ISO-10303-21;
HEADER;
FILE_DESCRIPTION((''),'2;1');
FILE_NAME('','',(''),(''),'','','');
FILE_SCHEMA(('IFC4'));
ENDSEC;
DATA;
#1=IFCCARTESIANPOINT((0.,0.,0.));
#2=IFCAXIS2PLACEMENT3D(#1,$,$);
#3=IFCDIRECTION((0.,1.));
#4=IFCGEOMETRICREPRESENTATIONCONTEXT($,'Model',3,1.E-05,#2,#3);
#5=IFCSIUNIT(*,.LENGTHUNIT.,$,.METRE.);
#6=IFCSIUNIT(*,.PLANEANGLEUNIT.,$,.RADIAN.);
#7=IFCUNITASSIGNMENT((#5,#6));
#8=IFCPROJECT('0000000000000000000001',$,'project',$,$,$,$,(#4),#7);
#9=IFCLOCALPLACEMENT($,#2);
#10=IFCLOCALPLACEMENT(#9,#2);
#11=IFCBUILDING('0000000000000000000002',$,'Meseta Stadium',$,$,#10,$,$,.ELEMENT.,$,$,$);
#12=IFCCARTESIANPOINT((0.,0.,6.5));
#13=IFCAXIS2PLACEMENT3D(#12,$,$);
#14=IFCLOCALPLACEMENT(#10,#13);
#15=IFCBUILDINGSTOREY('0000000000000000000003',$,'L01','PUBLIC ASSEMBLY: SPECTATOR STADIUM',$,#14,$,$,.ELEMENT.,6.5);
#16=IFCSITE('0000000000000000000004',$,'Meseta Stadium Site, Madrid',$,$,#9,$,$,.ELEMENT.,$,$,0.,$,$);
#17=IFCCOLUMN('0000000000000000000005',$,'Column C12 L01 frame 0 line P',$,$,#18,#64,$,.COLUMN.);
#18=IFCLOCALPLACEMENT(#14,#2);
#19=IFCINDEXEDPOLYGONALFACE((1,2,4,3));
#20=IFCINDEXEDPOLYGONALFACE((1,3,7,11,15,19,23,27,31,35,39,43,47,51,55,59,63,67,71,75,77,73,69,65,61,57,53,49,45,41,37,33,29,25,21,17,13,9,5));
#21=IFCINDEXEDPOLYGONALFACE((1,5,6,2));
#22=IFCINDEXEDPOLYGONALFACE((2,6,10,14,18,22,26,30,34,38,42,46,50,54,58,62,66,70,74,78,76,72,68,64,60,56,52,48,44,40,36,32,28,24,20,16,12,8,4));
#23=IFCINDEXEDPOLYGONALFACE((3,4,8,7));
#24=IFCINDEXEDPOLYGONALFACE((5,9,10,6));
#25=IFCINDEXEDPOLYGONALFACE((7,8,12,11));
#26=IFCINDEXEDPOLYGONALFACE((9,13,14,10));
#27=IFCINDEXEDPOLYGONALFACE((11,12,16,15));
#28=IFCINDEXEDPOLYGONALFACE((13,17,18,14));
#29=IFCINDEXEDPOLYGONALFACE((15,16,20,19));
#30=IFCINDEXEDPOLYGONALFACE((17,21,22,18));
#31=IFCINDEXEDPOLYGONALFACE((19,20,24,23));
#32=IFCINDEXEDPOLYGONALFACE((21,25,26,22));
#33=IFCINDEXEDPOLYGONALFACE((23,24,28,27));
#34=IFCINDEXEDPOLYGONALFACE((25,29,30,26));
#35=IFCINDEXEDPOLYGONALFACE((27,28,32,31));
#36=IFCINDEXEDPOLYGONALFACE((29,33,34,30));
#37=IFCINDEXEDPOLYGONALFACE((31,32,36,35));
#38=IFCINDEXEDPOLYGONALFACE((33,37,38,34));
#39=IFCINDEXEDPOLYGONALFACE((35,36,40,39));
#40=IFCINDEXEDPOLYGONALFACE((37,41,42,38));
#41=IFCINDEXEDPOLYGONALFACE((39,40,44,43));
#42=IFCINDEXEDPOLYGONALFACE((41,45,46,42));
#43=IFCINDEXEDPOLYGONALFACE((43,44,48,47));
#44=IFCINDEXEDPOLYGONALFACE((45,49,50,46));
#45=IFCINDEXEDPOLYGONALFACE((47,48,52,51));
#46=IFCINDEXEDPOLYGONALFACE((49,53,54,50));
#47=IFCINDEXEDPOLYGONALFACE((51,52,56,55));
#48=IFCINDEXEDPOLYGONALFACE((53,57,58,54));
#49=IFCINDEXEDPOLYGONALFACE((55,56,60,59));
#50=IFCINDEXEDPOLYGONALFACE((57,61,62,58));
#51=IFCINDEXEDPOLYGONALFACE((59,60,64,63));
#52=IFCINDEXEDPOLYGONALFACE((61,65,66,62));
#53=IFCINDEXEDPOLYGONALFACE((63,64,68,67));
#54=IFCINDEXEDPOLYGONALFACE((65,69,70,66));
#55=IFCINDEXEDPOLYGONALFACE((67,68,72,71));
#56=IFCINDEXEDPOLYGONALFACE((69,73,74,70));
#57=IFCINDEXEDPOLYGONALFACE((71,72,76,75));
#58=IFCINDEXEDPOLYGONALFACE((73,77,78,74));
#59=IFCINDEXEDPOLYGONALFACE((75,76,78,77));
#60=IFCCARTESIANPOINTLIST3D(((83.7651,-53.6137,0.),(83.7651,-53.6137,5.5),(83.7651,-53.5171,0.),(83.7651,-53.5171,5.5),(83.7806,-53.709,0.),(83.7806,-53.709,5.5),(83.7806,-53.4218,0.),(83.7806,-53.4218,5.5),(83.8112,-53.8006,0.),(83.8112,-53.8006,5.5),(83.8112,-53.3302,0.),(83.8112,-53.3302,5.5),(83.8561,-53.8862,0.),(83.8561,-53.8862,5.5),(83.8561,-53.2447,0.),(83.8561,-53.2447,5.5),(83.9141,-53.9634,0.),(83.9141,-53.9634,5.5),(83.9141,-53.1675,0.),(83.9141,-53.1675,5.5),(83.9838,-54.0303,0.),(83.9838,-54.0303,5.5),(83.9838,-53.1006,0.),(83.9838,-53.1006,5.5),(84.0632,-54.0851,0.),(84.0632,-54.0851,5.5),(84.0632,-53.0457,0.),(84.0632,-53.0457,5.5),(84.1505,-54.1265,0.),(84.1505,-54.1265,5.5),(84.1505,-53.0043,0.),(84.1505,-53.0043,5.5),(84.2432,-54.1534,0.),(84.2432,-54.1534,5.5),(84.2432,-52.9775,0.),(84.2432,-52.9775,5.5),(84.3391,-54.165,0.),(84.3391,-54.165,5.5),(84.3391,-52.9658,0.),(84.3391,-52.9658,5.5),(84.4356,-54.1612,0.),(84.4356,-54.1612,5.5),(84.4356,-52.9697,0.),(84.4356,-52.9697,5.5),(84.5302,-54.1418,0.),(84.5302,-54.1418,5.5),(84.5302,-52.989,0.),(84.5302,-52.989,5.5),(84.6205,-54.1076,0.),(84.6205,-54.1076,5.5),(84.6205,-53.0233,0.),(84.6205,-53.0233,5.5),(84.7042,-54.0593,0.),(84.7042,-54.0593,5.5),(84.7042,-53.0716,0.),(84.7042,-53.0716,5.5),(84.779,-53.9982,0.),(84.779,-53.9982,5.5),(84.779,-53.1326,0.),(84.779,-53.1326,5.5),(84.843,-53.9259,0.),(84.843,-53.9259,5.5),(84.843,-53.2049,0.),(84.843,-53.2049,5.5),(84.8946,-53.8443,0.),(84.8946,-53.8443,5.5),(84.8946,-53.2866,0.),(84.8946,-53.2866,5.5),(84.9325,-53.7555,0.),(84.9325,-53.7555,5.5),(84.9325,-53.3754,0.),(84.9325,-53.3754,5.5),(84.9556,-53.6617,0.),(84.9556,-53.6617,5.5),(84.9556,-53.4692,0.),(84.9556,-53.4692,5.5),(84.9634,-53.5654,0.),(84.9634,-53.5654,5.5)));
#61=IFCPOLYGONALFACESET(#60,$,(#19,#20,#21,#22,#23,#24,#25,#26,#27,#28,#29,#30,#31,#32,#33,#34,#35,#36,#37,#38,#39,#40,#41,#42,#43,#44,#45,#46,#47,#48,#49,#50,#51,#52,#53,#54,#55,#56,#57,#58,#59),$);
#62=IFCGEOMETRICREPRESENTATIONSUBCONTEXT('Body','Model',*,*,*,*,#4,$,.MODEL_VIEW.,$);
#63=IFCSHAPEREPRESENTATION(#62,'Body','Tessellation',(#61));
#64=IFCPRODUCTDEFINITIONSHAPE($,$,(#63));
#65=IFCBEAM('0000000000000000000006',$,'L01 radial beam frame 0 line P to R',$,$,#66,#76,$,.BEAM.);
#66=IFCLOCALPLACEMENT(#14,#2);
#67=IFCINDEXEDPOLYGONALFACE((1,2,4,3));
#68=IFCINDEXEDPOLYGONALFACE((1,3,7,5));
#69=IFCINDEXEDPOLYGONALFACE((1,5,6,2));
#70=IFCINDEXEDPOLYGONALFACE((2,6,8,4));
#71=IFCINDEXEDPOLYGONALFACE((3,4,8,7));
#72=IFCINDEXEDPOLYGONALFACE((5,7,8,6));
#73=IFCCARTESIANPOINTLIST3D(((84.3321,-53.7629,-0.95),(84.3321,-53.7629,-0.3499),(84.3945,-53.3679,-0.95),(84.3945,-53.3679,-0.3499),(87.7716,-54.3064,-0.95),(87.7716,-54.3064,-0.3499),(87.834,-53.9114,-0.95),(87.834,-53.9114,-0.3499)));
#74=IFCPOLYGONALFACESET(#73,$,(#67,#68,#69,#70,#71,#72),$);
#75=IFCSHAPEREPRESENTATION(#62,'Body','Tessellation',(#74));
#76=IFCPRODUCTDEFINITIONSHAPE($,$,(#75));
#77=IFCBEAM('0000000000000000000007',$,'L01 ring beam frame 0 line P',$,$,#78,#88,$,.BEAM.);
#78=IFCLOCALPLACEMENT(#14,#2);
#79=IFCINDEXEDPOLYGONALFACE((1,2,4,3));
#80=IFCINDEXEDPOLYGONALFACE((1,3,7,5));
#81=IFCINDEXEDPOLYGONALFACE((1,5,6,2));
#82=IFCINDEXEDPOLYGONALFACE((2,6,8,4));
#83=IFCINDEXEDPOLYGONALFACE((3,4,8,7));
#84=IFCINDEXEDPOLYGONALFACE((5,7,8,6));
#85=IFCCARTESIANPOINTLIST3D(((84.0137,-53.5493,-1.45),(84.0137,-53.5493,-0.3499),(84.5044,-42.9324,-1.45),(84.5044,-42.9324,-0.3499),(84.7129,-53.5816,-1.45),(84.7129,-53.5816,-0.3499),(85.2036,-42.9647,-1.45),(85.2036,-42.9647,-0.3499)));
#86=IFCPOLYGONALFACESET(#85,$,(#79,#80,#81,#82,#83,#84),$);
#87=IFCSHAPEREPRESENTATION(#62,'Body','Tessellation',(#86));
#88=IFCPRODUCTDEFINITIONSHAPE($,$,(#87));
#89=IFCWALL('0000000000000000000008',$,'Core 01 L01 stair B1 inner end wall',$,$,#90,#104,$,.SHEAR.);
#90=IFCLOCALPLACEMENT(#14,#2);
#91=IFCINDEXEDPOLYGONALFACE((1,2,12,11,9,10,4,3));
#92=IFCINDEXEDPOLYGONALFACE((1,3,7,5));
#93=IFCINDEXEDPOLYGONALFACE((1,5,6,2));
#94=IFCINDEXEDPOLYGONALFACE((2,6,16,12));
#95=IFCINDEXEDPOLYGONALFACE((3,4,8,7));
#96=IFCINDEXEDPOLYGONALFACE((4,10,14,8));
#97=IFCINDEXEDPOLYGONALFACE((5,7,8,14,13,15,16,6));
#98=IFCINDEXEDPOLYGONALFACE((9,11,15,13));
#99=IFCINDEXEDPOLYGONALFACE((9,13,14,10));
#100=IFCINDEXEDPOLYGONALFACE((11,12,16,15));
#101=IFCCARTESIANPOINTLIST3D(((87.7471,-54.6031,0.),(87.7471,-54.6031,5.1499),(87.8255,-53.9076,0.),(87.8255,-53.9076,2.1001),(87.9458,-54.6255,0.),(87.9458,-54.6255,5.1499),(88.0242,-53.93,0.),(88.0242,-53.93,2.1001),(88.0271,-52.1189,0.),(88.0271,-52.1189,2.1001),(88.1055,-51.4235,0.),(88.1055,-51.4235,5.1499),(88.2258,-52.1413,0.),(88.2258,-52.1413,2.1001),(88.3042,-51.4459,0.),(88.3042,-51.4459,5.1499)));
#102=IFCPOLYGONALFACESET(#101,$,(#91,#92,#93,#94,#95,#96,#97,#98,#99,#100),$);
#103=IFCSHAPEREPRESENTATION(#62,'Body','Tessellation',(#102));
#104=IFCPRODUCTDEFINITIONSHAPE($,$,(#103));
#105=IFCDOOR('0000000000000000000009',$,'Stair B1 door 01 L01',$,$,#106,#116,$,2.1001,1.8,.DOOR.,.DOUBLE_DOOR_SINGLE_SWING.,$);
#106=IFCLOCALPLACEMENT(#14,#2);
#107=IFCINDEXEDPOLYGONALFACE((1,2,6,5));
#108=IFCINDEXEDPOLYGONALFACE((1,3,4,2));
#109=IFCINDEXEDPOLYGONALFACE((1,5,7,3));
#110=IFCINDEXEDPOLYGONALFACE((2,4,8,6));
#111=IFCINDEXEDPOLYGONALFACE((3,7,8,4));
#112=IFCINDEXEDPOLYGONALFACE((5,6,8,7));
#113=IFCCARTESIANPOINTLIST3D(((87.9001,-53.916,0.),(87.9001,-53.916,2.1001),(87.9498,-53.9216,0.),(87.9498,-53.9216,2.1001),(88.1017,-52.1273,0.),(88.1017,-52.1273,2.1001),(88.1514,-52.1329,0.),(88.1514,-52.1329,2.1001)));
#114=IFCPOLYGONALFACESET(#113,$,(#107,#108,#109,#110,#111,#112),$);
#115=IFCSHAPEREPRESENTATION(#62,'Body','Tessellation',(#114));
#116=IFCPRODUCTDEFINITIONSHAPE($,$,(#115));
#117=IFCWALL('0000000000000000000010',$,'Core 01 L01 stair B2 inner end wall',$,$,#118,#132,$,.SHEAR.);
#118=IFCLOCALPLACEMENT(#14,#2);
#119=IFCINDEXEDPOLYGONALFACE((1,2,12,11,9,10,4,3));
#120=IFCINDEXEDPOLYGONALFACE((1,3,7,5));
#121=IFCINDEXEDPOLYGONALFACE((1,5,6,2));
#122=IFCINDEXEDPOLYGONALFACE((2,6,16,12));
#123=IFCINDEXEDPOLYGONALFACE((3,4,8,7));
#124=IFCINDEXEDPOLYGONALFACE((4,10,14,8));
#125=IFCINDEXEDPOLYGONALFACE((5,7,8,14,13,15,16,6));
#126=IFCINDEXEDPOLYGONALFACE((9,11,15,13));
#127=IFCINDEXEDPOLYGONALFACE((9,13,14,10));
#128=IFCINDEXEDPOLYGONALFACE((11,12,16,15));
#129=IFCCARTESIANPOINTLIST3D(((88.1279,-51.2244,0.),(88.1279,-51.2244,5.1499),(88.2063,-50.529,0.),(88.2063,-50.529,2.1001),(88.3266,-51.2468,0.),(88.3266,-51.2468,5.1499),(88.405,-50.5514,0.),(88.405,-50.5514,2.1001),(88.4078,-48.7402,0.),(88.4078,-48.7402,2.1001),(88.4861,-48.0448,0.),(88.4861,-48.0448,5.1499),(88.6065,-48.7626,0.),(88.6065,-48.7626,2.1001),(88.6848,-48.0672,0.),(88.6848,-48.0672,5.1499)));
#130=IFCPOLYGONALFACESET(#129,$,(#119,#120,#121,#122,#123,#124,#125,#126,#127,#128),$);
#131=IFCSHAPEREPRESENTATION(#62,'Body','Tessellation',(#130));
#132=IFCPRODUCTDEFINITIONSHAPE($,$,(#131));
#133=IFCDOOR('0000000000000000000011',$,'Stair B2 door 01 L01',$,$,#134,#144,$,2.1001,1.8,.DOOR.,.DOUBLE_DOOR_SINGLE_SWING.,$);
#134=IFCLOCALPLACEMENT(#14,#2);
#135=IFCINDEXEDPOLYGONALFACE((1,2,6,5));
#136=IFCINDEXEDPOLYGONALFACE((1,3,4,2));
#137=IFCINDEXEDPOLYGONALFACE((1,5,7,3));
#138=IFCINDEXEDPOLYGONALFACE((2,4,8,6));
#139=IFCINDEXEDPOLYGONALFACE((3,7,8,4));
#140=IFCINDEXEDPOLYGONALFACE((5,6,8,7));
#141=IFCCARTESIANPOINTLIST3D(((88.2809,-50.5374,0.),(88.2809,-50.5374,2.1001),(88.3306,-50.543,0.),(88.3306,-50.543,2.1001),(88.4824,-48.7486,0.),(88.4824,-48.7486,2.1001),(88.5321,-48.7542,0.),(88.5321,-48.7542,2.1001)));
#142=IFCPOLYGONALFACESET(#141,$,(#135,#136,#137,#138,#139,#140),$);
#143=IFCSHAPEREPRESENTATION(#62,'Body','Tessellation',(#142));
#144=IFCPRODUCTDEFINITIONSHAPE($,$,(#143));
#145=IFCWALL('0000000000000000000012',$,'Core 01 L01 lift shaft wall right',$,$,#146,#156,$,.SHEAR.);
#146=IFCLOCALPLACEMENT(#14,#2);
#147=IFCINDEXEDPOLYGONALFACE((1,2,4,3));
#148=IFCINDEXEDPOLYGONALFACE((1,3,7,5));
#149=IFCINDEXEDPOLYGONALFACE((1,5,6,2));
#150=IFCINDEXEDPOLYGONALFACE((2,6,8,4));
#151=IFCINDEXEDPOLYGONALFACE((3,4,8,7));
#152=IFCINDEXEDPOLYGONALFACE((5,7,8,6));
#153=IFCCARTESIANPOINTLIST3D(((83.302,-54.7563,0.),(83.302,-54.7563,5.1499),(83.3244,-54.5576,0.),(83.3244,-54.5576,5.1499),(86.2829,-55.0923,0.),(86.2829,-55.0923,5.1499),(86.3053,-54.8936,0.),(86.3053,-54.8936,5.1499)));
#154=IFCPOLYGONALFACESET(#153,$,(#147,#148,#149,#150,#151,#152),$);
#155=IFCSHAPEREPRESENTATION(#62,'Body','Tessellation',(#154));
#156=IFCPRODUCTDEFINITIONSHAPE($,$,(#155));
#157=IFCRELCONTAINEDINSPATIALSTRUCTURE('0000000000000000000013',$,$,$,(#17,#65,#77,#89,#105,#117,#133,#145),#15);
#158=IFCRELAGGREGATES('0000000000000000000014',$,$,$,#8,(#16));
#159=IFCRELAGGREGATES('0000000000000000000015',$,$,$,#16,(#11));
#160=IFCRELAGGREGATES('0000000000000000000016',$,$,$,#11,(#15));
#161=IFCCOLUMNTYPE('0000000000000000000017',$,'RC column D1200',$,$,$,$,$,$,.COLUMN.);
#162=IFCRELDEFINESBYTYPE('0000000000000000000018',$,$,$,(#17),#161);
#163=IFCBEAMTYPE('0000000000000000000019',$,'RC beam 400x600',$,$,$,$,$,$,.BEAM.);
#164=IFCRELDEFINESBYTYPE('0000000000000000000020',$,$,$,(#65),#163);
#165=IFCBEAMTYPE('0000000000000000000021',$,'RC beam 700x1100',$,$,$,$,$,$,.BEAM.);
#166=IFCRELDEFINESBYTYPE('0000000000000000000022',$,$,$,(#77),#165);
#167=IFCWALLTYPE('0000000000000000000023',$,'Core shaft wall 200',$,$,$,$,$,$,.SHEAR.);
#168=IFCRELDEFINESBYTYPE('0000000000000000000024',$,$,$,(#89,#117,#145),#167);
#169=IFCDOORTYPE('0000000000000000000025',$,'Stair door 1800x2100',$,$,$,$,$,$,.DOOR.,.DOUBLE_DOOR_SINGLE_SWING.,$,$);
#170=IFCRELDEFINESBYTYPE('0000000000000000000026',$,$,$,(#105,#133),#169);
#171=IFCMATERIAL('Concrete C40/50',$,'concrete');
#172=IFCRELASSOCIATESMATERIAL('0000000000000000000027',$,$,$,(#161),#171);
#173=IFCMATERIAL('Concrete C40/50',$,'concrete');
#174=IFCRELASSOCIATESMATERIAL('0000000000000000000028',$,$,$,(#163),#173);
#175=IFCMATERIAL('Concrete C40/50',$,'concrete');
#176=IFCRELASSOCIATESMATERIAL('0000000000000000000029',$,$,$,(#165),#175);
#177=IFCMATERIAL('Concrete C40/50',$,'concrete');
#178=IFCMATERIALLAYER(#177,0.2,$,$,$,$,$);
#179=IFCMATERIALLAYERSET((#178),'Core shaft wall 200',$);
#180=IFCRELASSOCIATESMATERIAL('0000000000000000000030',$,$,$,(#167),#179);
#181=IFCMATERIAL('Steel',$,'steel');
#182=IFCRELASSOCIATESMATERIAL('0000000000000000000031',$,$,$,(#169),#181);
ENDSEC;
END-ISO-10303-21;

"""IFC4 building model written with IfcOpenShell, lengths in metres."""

from ifc_helpers import new_model, si_unit, direction, frame, frame_2d, origin, origin_2d, place, context, subcontext, project, spatial, rectangle, circle, extrude, material, layer, layer_set, material_profile, profile_set, type_object, element, fill, save


model = new_model("IFC4")

# Units and contexts
model_context = context("Model", 3, precision=1e-05, world=origin(), true_north=direction((0.0, 1.0)))
body_context = subcontext(model_context, "Body", "Model", "MODEL_VIEW")
ifc_project = project(units=[si_unit("LENGTHUNIT", "METRE"), si_unit("PLANEANGLEUNIT", "RADIAN")], contexts=[model_context])

# Site, building, storey
site_placement = place(None, origin())
site = spatial("IfcSite", under=ifc_project, at=site_placement, Name="Meseta Stadium Site, Madrid", CompositionType="ELEMENT", RefElevation=0.0)
building_placement = place(site_placement, origin())
building = spatial("IfcBuilding", under=site, at=building_placement, Name="Meseta Stadium", CompositionType="ELEMENT")
storey_placement = place(building_placement, frame((0.0, 0.0, 6.5)))
storey = spatial("IfcBuildingStorey", under=building, at=storey_placement, Name="L01", Description="PUBLIC ASSEMBLY: SPECTATOR STADIUM", CompositionType="ELEMENT", Elevation=6.5)

# Column
ifc_material_1 = material(Name="Concrete C40/50", Category="concrete")
ifc_material_profile_1 = material_profile(ifc_material_1, circle(Radius=0.6001, at=origin_2d()), Name="RC D1200")
ifc_profile_set_1 = profile_set([ifc_material_profile_1], Name="Concrete C40/50")
column_type = type_object("IfcColumnType", Name="RC column D1200", PredefinedType="COLUMN", material=ifc_profile_set_1)
column_placement = place(storey_placement, frame((84.3633, -53.5654, 0.0), z_axis=(0.0, 0.0, 1.0), x_axis=(1.0, 0.0, 0.0)))
element("IfcColumn", 1, at=column_placement, inside=storey, type_object=column_type, Name="Column C12 L01 frame 0 line P", PredefinedType="COLUMN", context=body_context, shape_type="SweptSolid", body=[
    extrude(circle(Radius=0.6001, at=origin_2d()), origin(), (0.0, 0.0, 1.0), 5.5),
])

# Beams
ifc_material_2 = material(Name="Concrete C40/50", Category="concrete")
ifc_material_profile_2 = material_profile(ifc_material_2, rectangle(XDim=0.3999, YDim=0.6001, at=origin_2d()), Name="RC 400x600")
ifc_profile_set_2 = profile_set([ifc_material_profile_2], Name="Concrete C40/50")
beam_type_1 = type_object("IfcBeamType", Name="RC beam 400x600", PredefinedType="BEAM", material=ifc_profile_set_2)
beam_1_placement = place(storey_placement, frame((84.3633, -53.5654, -0.6499), z_axis=(0.987746, -0.156071, 0.0), x_axis=(0.156071, 0.987746, 0.0)))
element("IfcBeam", 2, at=beam_1_placement, inside=storey, type_object=beam_type_1, Name="L01 radial beam frame 0 line P to R", PredefinedType="BEAM", context=body_context, shape_type="SweptSolid", body=[
    extrude(rectangle(XDim=0.3999, YDim=0.6001, at=origin_2d()), origin(), (0.0, 0.0, 1.0), 3.4822),
])
ifc_material_3 = material(Name="Concrete C40/50", Category="concrete")
ifc_material_profile_3 = material_profile(ifc_material_3, rectangle(XDim=0.7, YDim=1.1001, at=origin_2d()), Name="RC 700x1100")
ifc_profile_set_3 = profile_set([ifc_material_profile_3], Name="Concrete C40/50")
beam_type_2 = type_object("IfcBeamType", Name="RC beam 700x1100", PredefinedType="BEAM", material=ifc_profile_set_3)
beam_2_placement = place(storey_placement, frame((84.3633, -53.5654, -0.8999), z_axis=(0.046171, 0.998934, 0.0), x_axis=(-0.998934, 0.046171, 0.0)))
element("IfcBeam", 3, at=beam_2_placement, inside=storey, type_object=beam_type_2, Name="L01 ring beam frame 0 line P", PredefinedType="BEAM", context=body_context, shape_type="SweptSolid", body=[
    extrude(rectangle(XDim=0.7, YDim=1.1001, at=origin_2d()), origin(), (0.0, 0.0, 1.0), 10.6282),
])

# Walls, openings, doors
ifc_material_4 = material(Name="Concrete C40/50", Category="concrete")
ifc_layer = layer(ifc_material_4, 0.2)
ifc_layer_set = layer_set([ifc_layer], Name="Core shaft wall 200")
wall_type = type_object("IfcWallType", Name="Core shaft wall 200", PredefinedType="SHEAR", material=ifc_layer_set)
wall_1_placement = place(storey_placement, frame((87.8464, -54.6143, 0.0), z_axis=(0.0, 0.0, 1.0), x_axis=(0.112006, 0.993708, 0.0)))
wall_1 = element("IfcWall", 4, at=wall_1_placement, inside=storey, type_object=wall_type, Name="Core 01 L01 stair B1 inner end wall", PredefinedType="SHEAR", context=body_context, shape_type="SweptSolid", body=[
    extrude(rectangle(XDim=3.1997, YDim=0.2, at=frame_2d((1.5999, 0.0))), origin(), (0.0, 0.0, 1.0), 5.1499),
])
opening_1_placement = place(wall_1_placement, frame((0.7, 0.0, 0.0)))
opening_1 = element("IfcOpeningElement", 5, at=opening_1_placement, cuts=wall_1, PredefinedType="OPENING", context=body_context, shape_type="SweptSolid", body=[
    extrude(rectangle(XDim=1.8, YDim=2.1001, at=frame_2d((0.8999, 1.05))), frame((0.0, 0.1099, 0.0), z_axis=(0.0, -1.0, 0.0), x_axis=(1.0, 0.0, 0.0)), (0.0, 0.0, 1.0), 0.22),
])
ifc_material_5 = material(Name="Steel", Category="steel")
door_type = type_object("IfcDoorType", Name="Stair door 1800x2100", OperationType="DOUBLE_DOOR_SINGLE_SWING", PredefinedType="DOOR", material=ifc_material_5)
door_1_placement = place(opening_1_placement, origin())
door_1 = element("IfcDoor", 6, at=door_1_placement, inside=storey, type_object=door_type, Name="Stair B1 door 01 L01", OperationType="DOUBLE_DOOR_SINGLE_SWING", OverallHeight=2.1001, OverallWidth=1.8, PredefinedType="DOOR", context=body_context, shape_type="SweptSolid", body=[
    extrude(rectangle(XDim=1.8, YDim=2.1001, at=frame_2d((0.8999, 1.05))), frame((0.0, 0.0249, 0.0), z_axis=(0.0, -1.0, 0.0), x_axis=(1.0, 0.0, 0.0)), (0.0, 0.0, 1.0), 0.05),
])
fill(opening_1, door_1)
wall_2_placement = place(storey_placement, frame((88.2273, -51.2356, 0.0), z_axis=(0.0, 0.0, 1.0), x_axis=(0.11193, 0.993716, 0.0)))
wall_2 = element("IfcWall", 7, at=wall_2_placement, inside=storey, type_object=wall_type, Name="Core 01 L01 stair B2 inner end wall", PredefinedType="SHEAR", context=body_context, shape_type="SweptSolid", body=[
    extrude(rectangle(XDim=3.1997, YDim=0.2, at=frame_2d((1.5999, 0.0))), origin(), (0.0, 0.0, 1.0), 5.1499),
])
opening_2_placement = place(wall_2_placement, frame((0.7, 0.0, 0.0)))
opening_2 = element("IfcOpeningElement", 8, at=opening_2_placement, cuts=wall_2, PredefinedType="OPENING", context=body_context, shape_type="SweptSolid", body=[
    extrude(rectangle(XDim=1.8, YDim=2.1001, at=frame_2d((0.8999, 1.05))), frame((0.0, 0.1099, 0.0), z_axis=(0.0, -1.0, 0.0), x_axis=(1.0, 0.0, 0.0)), (0.0, 0.0, 1.0), 0.22),
])
door_2_placement = place(opening_2_placement, origin())
door_2 = element("IfcDoor", 9, at=door_2_placement, inside=storey, type_object=door_type, Name="Stair B2 door 01 L01", OperationType="DOUBLE_DOOR_SINGLE_SWING", OverallHeight=2.1001, OverallWidth=1.8, PredefinedType="DOOR", context=body_context, shape_type="SweptSolid", body=[
    extrude(rectangle(XDim=1.8, YDim=2.1001, at=frame_2d((0.8999, 1.05))), frame((0.0, 0.0249, 0.0), z_axis=(0.0, -1.0, 0.0), x_axis=(1.0, 0.0, 0.0)), (0.0, 0.0, 1.0), 0.05),
])
fill(opening_2, door_2)

# Wall
wall_3_placement = place(storey_placement, frame((86.2942, -54.9929, 0.0), z_axis=(0.0, 0.0, 1.0), x_axis=(-0.99371, 0.111986, 0.0)))
element("IfcWall", 10, at=wall_3_placement, inside=storey, type_object=wall_type, Name="Core 01 L01 lift shaft wall right", PredefinedType="SHEAR", context=body_context, shape_type="SweptSolid", body=[
    extrude(rectangle(XDim=2.9998, YDim=0.2, at=frame_2d((1.5, 0.0))), origin(), (0.0, 0.0, 1.0), 5.1499),
])

save(model, "model.ifc")
